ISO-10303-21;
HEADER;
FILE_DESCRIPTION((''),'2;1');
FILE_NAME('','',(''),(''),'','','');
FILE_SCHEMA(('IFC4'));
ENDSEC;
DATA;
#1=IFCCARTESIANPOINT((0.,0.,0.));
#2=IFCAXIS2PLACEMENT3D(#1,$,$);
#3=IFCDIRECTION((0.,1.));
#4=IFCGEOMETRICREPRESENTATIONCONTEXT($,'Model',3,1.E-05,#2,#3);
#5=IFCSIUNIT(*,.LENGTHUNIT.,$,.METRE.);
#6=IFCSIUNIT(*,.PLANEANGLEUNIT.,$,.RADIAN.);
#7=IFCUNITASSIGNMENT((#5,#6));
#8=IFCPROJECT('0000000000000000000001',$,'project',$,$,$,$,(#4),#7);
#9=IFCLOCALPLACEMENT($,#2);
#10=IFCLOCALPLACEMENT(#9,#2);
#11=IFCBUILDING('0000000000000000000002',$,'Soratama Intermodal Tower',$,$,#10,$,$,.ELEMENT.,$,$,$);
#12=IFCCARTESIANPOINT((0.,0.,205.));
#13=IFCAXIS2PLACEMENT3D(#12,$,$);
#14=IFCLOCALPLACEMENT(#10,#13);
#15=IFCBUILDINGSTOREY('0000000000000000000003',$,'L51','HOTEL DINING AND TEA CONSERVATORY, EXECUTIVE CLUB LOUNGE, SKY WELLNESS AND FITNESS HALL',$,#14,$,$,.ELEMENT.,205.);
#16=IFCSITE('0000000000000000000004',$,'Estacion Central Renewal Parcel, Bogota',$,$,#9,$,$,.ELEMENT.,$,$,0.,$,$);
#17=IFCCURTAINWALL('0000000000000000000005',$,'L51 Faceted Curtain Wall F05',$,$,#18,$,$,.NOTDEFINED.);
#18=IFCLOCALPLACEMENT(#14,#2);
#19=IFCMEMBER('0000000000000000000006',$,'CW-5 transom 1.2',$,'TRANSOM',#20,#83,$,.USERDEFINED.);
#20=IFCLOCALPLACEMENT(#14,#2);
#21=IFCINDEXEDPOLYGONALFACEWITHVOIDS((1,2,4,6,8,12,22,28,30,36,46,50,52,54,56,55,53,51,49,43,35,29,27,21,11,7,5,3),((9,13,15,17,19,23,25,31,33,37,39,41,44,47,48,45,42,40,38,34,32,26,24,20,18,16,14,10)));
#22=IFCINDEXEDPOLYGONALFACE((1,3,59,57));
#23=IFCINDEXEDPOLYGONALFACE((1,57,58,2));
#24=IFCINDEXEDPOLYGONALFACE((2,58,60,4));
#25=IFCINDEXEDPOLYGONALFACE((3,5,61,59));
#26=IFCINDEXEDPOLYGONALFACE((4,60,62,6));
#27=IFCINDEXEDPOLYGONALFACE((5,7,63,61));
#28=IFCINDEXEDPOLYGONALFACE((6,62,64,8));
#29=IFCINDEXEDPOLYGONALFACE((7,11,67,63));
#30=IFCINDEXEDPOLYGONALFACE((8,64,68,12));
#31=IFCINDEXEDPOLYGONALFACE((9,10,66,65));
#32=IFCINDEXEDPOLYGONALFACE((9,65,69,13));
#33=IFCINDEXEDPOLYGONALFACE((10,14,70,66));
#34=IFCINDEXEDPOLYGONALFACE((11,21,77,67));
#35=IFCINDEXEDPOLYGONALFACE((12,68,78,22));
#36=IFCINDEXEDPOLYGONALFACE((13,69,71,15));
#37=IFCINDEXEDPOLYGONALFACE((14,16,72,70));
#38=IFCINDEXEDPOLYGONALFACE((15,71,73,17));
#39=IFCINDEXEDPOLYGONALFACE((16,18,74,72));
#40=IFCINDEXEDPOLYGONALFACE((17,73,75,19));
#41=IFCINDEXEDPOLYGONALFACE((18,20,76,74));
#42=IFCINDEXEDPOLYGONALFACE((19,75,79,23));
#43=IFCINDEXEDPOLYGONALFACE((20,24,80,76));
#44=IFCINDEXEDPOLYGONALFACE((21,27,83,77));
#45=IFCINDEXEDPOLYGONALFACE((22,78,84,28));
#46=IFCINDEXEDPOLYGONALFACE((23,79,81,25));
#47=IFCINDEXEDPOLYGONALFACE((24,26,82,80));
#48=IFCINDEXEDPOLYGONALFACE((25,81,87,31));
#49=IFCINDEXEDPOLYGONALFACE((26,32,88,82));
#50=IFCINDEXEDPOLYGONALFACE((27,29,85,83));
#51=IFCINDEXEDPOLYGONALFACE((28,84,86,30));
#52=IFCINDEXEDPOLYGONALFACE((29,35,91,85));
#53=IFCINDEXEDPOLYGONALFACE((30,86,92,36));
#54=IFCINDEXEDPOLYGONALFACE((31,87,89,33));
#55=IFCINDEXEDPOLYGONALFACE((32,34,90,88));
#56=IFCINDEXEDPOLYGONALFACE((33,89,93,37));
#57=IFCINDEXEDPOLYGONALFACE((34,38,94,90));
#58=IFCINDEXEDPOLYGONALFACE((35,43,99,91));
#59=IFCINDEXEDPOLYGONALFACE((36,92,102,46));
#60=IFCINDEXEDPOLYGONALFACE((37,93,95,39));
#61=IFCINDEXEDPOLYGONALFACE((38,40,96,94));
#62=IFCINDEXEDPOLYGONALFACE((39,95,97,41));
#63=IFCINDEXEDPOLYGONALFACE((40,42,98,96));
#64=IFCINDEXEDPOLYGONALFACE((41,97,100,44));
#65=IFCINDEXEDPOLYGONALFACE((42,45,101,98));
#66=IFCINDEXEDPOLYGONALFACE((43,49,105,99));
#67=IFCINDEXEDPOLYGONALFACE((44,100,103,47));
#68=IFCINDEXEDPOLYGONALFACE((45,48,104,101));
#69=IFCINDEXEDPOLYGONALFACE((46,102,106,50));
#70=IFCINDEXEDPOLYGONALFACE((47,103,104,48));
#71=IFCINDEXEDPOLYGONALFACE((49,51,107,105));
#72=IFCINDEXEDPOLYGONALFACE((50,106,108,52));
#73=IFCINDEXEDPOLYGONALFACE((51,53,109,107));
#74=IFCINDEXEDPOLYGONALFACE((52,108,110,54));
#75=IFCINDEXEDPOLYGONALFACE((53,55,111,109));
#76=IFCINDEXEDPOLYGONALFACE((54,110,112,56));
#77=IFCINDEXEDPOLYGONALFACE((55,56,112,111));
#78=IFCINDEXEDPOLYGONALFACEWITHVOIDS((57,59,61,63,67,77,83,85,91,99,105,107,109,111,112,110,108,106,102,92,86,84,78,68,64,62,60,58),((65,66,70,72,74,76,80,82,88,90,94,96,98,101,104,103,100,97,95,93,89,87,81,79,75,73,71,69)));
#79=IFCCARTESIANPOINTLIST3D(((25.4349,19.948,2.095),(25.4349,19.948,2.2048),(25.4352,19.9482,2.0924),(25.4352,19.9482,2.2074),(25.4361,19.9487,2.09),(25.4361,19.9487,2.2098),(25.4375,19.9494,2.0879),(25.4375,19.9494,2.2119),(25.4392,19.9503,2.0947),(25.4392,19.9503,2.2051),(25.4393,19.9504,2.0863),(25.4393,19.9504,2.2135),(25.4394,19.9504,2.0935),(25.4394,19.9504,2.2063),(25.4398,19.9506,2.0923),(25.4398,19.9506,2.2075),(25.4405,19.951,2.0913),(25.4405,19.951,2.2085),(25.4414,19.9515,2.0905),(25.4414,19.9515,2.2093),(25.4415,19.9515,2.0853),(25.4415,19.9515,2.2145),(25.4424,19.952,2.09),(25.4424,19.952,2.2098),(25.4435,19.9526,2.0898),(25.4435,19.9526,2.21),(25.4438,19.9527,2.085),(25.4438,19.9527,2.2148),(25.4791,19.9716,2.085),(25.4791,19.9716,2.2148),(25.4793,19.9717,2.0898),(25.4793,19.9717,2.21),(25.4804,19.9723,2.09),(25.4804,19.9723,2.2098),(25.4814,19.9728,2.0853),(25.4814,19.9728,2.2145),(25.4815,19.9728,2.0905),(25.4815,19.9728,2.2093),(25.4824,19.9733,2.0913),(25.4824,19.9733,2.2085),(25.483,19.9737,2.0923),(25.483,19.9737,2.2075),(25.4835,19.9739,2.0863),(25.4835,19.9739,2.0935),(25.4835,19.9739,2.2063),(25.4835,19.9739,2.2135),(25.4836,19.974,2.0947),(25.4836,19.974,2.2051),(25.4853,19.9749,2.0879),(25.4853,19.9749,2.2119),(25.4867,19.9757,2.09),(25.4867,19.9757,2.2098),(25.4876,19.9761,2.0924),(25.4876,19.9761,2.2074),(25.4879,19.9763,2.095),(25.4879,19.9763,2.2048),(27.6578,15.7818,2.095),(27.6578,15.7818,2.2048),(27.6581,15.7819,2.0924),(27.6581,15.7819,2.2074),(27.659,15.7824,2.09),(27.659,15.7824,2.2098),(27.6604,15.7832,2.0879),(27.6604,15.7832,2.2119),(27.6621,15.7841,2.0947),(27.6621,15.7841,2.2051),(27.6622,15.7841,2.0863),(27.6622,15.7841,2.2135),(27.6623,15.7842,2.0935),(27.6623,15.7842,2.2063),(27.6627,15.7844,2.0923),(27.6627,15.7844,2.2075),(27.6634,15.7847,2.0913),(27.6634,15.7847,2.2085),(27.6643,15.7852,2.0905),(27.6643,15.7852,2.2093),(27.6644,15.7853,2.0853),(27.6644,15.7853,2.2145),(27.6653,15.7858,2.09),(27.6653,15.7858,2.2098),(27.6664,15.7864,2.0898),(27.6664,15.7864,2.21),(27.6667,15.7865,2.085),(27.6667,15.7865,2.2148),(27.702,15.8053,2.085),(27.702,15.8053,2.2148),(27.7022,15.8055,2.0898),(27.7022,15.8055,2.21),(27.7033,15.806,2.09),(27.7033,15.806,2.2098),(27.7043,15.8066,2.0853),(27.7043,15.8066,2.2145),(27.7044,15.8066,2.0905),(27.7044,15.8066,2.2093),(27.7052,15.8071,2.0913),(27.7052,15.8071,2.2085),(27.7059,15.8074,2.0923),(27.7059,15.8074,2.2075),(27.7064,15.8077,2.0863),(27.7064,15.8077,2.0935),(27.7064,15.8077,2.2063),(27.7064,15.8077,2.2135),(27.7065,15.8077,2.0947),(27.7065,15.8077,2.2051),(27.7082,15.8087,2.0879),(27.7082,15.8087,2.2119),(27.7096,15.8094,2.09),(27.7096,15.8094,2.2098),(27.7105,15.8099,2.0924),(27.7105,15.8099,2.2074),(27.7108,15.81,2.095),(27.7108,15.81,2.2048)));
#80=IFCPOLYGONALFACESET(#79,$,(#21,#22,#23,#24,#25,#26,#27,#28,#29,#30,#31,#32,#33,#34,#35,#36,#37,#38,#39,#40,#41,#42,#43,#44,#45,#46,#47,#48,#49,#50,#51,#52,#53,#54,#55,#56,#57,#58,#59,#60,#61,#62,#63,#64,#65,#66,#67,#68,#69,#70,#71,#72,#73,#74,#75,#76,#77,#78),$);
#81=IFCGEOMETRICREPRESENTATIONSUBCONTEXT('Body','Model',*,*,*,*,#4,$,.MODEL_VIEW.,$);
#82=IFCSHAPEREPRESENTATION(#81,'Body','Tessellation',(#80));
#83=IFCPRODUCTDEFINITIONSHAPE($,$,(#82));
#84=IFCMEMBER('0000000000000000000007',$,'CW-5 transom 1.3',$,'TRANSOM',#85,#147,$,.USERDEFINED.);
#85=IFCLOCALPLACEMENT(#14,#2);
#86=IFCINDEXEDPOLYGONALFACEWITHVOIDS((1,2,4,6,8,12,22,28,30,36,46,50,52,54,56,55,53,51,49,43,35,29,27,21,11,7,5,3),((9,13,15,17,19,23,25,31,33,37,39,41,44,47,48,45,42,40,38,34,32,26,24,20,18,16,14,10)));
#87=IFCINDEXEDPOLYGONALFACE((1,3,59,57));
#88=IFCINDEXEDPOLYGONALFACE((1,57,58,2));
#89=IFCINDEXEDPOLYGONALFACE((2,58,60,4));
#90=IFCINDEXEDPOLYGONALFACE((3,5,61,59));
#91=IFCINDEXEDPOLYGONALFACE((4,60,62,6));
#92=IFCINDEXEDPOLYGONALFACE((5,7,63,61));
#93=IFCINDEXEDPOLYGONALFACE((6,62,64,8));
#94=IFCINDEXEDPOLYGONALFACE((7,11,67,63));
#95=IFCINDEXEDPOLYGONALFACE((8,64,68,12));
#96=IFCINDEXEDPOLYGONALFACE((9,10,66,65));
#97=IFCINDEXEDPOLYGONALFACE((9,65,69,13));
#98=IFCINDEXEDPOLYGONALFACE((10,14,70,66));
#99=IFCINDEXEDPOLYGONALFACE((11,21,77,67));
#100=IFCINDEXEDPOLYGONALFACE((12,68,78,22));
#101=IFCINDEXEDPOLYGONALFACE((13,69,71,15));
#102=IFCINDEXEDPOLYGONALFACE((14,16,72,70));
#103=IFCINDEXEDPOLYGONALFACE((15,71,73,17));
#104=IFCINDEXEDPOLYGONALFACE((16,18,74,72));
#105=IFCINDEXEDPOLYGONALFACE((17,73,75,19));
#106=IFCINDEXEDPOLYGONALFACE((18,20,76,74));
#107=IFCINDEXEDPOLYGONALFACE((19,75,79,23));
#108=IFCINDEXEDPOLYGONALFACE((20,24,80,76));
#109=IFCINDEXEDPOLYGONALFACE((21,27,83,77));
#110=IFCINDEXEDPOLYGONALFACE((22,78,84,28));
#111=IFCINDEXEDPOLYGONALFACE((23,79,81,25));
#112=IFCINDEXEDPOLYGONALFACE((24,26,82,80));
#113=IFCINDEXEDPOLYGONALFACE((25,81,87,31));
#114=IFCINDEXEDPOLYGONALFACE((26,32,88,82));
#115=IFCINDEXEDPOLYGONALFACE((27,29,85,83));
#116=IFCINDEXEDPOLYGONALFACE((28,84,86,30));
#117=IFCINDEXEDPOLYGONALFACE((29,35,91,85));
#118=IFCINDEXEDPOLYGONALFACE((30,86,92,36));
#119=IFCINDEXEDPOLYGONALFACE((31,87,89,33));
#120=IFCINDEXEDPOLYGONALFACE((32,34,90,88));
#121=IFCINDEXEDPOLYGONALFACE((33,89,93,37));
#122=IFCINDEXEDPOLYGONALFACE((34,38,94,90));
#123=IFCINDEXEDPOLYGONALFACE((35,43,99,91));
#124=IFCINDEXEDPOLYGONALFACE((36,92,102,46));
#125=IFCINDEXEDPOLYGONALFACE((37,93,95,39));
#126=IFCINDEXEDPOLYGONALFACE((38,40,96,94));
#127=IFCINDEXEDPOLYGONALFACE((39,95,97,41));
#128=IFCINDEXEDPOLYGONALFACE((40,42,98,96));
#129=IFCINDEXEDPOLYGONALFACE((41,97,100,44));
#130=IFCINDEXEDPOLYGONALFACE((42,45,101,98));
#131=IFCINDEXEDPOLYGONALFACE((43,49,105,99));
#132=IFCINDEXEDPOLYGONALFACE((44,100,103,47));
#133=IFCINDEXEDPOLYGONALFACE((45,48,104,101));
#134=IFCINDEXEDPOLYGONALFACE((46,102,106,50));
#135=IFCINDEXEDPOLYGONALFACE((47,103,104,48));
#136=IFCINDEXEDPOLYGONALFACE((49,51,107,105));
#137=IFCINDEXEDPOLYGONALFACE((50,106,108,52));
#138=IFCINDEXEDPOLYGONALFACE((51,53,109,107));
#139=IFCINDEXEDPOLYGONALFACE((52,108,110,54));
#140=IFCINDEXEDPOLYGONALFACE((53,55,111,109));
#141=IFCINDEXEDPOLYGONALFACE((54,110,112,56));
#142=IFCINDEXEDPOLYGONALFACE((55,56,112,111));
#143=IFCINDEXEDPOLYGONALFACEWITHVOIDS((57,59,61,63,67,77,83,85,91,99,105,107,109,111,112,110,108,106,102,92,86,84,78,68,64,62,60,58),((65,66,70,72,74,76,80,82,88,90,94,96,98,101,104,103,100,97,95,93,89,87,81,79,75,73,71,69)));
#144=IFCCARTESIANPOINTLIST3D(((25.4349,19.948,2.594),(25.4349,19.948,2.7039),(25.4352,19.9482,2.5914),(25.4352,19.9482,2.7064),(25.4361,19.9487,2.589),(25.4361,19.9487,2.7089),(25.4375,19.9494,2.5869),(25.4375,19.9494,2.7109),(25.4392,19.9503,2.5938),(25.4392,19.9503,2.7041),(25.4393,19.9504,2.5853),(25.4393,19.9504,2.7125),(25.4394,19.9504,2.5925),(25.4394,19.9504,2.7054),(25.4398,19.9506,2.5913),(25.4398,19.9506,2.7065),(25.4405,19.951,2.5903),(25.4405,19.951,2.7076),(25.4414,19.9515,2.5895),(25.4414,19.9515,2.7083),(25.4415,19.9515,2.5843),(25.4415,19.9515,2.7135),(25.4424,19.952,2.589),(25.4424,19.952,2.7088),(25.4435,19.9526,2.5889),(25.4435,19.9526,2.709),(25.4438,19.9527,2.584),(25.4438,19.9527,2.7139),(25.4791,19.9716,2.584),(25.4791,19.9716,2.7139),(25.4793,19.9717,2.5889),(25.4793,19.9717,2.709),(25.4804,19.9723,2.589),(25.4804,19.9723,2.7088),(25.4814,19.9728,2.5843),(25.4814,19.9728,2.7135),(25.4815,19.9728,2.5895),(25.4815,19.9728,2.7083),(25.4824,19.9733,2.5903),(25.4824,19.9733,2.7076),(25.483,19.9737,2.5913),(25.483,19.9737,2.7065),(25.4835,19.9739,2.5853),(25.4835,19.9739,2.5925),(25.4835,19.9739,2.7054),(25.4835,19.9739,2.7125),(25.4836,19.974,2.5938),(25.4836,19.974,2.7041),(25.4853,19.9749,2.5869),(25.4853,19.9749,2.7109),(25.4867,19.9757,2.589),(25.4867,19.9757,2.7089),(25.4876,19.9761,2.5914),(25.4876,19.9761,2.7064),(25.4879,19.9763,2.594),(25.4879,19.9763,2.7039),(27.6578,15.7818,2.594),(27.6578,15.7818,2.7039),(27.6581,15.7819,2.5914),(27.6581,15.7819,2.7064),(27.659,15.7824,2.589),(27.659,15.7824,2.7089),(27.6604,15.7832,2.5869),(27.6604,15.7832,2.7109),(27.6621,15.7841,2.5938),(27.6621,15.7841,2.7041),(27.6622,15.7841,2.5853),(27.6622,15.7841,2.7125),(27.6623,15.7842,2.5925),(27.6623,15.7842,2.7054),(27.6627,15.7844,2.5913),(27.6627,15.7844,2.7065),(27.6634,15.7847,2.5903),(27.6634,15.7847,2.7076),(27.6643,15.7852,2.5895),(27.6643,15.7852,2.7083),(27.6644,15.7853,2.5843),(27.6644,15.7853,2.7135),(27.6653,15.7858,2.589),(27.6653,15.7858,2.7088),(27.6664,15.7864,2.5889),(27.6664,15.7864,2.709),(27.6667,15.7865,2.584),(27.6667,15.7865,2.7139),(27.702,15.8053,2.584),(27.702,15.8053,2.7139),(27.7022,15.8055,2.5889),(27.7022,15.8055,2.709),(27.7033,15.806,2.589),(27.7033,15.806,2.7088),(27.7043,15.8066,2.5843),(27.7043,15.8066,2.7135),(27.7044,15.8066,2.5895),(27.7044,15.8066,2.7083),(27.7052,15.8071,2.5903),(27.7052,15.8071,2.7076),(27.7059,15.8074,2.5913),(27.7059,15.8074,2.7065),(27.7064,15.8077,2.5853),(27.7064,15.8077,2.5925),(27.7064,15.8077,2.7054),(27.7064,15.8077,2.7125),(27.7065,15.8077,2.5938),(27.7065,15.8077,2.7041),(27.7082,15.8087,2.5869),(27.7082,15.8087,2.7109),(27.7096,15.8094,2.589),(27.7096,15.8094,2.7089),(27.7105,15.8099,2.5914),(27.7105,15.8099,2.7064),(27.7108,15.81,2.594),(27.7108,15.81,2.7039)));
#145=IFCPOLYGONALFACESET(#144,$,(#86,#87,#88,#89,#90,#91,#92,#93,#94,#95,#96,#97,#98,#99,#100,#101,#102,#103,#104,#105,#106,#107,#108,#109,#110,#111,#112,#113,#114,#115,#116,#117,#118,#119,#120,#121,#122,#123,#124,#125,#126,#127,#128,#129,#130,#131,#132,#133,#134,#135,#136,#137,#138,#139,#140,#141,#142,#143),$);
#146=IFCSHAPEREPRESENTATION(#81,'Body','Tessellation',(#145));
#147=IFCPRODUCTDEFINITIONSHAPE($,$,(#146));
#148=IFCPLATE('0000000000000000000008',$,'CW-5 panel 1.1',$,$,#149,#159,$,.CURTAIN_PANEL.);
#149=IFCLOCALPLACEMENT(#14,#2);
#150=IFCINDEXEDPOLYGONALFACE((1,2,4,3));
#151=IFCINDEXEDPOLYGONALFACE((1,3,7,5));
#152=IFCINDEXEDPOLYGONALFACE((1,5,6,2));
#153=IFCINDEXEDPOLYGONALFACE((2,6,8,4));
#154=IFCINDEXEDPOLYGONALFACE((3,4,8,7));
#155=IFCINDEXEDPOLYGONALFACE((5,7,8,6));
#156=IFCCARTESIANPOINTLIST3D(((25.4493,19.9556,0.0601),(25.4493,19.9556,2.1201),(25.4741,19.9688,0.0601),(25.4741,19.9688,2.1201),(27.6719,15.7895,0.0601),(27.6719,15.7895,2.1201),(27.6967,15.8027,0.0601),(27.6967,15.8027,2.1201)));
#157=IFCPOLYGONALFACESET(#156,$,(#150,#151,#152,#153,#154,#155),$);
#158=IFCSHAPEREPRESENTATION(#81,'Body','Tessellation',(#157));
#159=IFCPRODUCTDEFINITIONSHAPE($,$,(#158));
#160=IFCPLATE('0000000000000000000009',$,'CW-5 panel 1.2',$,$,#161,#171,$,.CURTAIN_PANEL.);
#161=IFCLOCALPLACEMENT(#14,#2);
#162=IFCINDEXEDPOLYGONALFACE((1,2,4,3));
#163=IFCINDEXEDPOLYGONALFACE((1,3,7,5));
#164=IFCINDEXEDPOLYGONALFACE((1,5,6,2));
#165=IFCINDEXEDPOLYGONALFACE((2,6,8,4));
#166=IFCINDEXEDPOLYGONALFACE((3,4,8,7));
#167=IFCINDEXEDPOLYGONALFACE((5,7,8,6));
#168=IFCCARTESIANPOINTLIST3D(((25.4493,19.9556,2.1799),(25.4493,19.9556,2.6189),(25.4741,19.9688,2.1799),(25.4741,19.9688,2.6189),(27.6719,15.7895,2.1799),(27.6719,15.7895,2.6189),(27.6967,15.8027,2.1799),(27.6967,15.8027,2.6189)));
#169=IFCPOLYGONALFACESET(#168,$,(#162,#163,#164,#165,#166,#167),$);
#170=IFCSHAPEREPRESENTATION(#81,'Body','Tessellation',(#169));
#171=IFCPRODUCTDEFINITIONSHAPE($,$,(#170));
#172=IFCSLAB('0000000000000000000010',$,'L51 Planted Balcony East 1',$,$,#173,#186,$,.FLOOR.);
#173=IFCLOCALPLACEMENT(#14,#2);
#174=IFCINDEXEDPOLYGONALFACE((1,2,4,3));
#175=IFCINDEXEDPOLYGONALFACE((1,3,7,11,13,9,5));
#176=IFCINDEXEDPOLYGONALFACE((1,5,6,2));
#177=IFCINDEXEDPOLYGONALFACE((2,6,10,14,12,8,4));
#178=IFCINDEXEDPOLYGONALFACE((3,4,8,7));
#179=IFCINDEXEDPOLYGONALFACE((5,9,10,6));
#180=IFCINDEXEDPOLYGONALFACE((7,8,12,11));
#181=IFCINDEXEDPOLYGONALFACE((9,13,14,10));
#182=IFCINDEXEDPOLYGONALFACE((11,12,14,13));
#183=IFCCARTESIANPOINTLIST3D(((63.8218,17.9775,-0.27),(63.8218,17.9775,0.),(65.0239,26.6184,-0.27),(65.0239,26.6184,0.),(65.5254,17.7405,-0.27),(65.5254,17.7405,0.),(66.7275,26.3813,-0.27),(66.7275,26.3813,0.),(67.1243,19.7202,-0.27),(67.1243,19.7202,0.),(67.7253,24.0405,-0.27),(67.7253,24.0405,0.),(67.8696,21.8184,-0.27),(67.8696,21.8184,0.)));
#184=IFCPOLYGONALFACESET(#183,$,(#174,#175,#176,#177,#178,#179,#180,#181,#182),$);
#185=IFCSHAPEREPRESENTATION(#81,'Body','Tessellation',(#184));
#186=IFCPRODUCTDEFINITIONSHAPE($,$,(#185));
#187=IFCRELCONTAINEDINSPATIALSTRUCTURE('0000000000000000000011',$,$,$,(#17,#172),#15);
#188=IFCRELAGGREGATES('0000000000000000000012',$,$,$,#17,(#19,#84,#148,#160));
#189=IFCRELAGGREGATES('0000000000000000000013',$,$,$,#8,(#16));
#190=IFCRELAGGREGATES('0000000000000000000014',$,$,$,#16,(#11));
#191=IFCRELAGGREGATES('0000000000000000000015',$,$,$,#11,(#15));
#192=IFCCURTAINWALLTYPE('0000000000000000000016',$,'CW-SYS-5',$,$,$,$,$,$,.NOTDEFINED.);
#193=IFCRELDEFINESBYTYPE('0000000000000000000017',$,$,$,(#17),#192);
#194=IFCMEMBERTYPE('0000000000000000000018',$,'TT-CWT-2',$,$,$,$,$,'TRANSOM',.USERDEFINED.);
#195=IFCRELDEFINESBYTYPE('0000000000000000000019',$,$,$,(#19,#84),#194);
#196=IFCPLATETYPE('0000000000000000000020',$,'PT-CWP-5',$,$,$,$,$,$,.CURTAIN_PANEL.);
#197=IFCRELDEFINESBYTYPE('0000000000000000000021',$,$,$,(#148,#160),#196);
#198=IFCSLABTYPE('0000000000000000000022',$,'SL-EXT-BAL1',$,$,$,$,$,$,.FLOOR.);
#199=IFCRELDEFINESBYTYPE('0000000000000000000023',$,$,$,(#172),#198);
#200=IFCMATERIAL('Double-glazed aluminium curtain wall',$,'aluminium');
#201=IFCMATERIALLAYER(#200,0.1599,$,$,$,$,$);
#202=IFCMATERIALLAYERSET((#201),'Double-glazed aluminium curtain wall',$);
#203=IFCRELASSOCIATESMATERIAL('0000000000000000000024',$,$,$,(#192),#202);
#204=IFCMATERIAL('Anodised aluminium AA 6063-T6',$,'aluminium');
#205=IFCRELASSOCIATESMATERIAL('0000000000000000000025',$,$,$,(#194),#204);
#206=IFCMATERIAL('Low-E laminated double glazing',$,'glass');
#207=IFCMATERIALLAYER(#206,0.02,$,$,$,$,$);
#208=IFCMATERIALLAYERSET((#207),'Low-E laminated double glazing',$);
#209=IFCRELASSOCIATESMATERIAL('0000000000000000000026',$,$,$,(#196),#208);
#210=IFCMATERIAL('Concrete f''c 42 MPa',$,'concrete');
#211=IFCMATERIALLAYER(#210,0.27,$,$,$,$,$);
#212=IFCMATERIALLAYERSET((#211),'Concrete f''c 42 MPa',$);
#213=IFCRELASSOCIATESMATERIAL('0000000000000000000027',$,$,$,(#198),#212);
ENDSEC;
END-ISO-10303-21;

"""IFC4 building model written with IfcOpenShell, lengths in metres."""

from ifc_helpers import new_model, si_unit, direction, frame, origin, origin_2d, place, context, subcontext, project, spatial, polyline, rectangle, hollow_rectangle, outline, extrude, material, layer, layer_set, material_profile, profile_set, type_object, element, aggregate, save


model = new_model("IFC4")

# Units and contexts
model_context = context("Model", 3, precision=1e-05, world=origin(), true_north=direction((0.0, 1.0)))
body_context = subcontext(model_context, "Body", "Model", "MODEL_VIEW")
ifc_project = project(units=[si_unit("LENGTHUNIT", "METRE"), si_unit("PLANEANGLEUNIT", "RADIAN")], contexts=[model_context])

# Site, building, storey
site_placement = place(None, origin())
site = spatial("IfcSite", under=ifc_project, at=site_placement, Name="Estacion Central Renewal Parcel, Bogota", CompositionType="ELEMENT", RefElevation=0.0)
building_placement = place(site_placement, origin())
building = spatial("IfcBuilding", under=site, at=building_placement, Name="Soratama Intermodal Tower", CompositionType="ELEMENT")
storey_placement = place(building_placement, frame((0.0, 0.0, 205.0)))
storey = spatial("IfcBuildingStorey", under=building, at=storey_placement, Name="L51", Description="HOTEL DINING AND TEA CONSERVATORY, EXECUTIVE CLUB LOUNGE, SKY WELLNESS AND FITNESS HALL", CompositionType="ELEMENT", Elevation=205.0)

# Curtain wall, members, plates
ifc_material_1 = material(Name="Double-glazed aluminium curtain wall", Category="aluminium")
ifc_layer_1 = layer(ifc_material_1, 0.1599)
ifc_layer_set_1 = layer_set([ifc_layer_1], Name="Double-glazed aluminium curtain wall")
curtain_wall_type = type_object("IfcCurtainWallType", Name="CW-SYS-5", PredefinedType="NOTDEFINED", material=ifc_layer_set_1)
curtain_wall_placement = place(storey_placement, origin())
curtain_wall = element("IfcCurtainWall", 1, at=curtain_wall_placement, inside=storey, type_object=curtain_wall_type, Name="L51 Faceted Curtain Wall F05", PredefinedType="NOTDEFINED")
ifc_material_2 = material(Name="Anodised aluminium AA 6063-T6", Category="aluminium")
ifc_material_profile_1 = material_profile(ifc_material_2, hollow_rectangle(XDim=0.0601, YDim=0.1299, WallThickness=0.0049, InnerFilletRadius=0.0049, OuterFilletRadius=0.01, at=origin_2d()), Name="CWT130X60X5")
ifc_profile_set_1 = profile_set([ifc_material_profile_1], Name="Anodised aluminium AA 6063-T6")
member_type_1 = type_object("IfcMemberType", Name="TT-CWT-2", ElementType="TRANSOM", PredefinedType="USERDEFINED", material=ifc_profile_set_1)
member_1_placement = place(storey_placement, frame((25.4614, 19.9622, 2.1499), z_axis=(0.470736, -0.882274, 0.0), x_axis=(0.882274, 0.470736, 0.0)))
member_1 = element("IfcMember", 2, at=member_1_placement, type_object=member_type_1, Name="CW-5 transom 1.2", ObjectType="TRANSOM", PredefinedType="USERDEFINED", context=body_context, shape_type="SweptSolid", body=[
    extrude(hollow_rectangle(XDim=0.0601, YDim=0.1299, WallThickness=0.0049, InnerFilletRadius=0.0049, OuterFilletRadius=0.01, at=origin_2d()), origin(), (0.0, 0.0, 1.0), 4.7222),
])
member_2_placement = place(storey_placement, frame((25.4614, 19.9622, 2.6489), z_axis=(0.470736, -0.882274, 0.0), x_axis=(0.882274, 0.470736, 0.0)))
member_2 = element("IfcMember", 3, at=member_2_placement, type_object=member_type_1, Name="CW-5 transom 1.3", ObjectType="TRANSOM", PredefinedType="USERDEFINED", context=body_context, shape_type="SweptSolid", body=[
    extrude(hollow_rectangle(XDim=0.0601, YDim=0.1299, WallThickness=0.0049, InnerFilletRadius=0.0049, OuterFilletRadius=0.01, at=origin_2d()), origin(), (0.0, 0.0, 1.0), 4.7222),
])
ifc_material_3 = material(Name="Low-E laminated double glazing", Category="glass")
ifc_layer_2 = layer(ifc_material_3, 0.02)
ifc_layer_set_2 = layer_set([ifc_layer_2], Name="Low-E laminated double glazing")
plate_type = type_object("IfcPlateType", Name="PT-CWP-5", PredefinedType="CURTAIN_PANEL", material=ifc_layer_set_2)
plate_1_placement = place(storey_placement, frame((26.573, 17.8792, 0.0601), z_axis=(0.0, 0.0, 1.0), x_axis=(0.470706, -0.88229, 0.0)))
plate_1 = element("IfcPlate", 4, at=plate_1_placement, type_object=plate_type, Name="CW-5 panel 1.1", PredefinedType="CURTAIN_PANEL", context=body_context, shape_type="SweptSolid", body=[
    extrude(rectangle(XDim=4.7219, YDim=0.0281, at=origin_2d()), origin(), (0.0, 0.0, 1.0), 2.0601),
])
plate_2_placement = place(storey_placement, frame((26.573, 17.8792, 2.1799), z_axis=(0.0, 0.0, 1.0), x_axis=(0.470706, -0.88229, 0.0)))
plate_2 = element("IfcPlate", 5, at=plate_2_placement, type_object=plate_type, Name="CW-5 panel 1.2", PredefinedType="CURTAIN_PANEL", context=body_context, shape_type="SweptSolid", body=[
    extrude(rectangle(XDim=4.7219, YDim=0.0281, at=origin_2d()), origin(), (0.0, 0.0, 1.0), 0.439),
])
aggregate(curtain_wall, [member_1, member_2, plate_1, plate_2])

# Slab
ifc_material_4 = material(Name="Concrete f'c 42 MPa", Category="concrete")
ifc_layer_3 = layer(ifc_material_4, 0.27)
ifc_layer_set_3 = layer_set([ifc_layer_3], Name="Concrete f'c 42 MPa")
slab_type_1 = type_object("IfcSlabType", Name="SL-EXT-BAL1", PredefinedType="FLOOR", material=ifc_layer_set_3)
slab_1_placement = place(storey_placement, frame((0.0, 0.0, -0.27)))
element("IfcSlab", 6, at=slab_1_placement, inside=storey, type_object=slab_type_1, Name="L51 Planted Balcony East 1", PredefinedType="FLOOR", context=body_context, shape_type="SweptSolid", body=[
    extrude(outline(polyline([(63.8218, 17.9775), (65.0239, 26.6184), (66.7275, 26.3813), (67.7253, 24.0405), (67.8696, 21.8184), (67.1243, 19.7202), (65.5254, 17.7405), (63.8218, 17.9775)])), origin(), (0.0, 0.0, 1.0), 0.27),
])

save(model, "model.ifc")
